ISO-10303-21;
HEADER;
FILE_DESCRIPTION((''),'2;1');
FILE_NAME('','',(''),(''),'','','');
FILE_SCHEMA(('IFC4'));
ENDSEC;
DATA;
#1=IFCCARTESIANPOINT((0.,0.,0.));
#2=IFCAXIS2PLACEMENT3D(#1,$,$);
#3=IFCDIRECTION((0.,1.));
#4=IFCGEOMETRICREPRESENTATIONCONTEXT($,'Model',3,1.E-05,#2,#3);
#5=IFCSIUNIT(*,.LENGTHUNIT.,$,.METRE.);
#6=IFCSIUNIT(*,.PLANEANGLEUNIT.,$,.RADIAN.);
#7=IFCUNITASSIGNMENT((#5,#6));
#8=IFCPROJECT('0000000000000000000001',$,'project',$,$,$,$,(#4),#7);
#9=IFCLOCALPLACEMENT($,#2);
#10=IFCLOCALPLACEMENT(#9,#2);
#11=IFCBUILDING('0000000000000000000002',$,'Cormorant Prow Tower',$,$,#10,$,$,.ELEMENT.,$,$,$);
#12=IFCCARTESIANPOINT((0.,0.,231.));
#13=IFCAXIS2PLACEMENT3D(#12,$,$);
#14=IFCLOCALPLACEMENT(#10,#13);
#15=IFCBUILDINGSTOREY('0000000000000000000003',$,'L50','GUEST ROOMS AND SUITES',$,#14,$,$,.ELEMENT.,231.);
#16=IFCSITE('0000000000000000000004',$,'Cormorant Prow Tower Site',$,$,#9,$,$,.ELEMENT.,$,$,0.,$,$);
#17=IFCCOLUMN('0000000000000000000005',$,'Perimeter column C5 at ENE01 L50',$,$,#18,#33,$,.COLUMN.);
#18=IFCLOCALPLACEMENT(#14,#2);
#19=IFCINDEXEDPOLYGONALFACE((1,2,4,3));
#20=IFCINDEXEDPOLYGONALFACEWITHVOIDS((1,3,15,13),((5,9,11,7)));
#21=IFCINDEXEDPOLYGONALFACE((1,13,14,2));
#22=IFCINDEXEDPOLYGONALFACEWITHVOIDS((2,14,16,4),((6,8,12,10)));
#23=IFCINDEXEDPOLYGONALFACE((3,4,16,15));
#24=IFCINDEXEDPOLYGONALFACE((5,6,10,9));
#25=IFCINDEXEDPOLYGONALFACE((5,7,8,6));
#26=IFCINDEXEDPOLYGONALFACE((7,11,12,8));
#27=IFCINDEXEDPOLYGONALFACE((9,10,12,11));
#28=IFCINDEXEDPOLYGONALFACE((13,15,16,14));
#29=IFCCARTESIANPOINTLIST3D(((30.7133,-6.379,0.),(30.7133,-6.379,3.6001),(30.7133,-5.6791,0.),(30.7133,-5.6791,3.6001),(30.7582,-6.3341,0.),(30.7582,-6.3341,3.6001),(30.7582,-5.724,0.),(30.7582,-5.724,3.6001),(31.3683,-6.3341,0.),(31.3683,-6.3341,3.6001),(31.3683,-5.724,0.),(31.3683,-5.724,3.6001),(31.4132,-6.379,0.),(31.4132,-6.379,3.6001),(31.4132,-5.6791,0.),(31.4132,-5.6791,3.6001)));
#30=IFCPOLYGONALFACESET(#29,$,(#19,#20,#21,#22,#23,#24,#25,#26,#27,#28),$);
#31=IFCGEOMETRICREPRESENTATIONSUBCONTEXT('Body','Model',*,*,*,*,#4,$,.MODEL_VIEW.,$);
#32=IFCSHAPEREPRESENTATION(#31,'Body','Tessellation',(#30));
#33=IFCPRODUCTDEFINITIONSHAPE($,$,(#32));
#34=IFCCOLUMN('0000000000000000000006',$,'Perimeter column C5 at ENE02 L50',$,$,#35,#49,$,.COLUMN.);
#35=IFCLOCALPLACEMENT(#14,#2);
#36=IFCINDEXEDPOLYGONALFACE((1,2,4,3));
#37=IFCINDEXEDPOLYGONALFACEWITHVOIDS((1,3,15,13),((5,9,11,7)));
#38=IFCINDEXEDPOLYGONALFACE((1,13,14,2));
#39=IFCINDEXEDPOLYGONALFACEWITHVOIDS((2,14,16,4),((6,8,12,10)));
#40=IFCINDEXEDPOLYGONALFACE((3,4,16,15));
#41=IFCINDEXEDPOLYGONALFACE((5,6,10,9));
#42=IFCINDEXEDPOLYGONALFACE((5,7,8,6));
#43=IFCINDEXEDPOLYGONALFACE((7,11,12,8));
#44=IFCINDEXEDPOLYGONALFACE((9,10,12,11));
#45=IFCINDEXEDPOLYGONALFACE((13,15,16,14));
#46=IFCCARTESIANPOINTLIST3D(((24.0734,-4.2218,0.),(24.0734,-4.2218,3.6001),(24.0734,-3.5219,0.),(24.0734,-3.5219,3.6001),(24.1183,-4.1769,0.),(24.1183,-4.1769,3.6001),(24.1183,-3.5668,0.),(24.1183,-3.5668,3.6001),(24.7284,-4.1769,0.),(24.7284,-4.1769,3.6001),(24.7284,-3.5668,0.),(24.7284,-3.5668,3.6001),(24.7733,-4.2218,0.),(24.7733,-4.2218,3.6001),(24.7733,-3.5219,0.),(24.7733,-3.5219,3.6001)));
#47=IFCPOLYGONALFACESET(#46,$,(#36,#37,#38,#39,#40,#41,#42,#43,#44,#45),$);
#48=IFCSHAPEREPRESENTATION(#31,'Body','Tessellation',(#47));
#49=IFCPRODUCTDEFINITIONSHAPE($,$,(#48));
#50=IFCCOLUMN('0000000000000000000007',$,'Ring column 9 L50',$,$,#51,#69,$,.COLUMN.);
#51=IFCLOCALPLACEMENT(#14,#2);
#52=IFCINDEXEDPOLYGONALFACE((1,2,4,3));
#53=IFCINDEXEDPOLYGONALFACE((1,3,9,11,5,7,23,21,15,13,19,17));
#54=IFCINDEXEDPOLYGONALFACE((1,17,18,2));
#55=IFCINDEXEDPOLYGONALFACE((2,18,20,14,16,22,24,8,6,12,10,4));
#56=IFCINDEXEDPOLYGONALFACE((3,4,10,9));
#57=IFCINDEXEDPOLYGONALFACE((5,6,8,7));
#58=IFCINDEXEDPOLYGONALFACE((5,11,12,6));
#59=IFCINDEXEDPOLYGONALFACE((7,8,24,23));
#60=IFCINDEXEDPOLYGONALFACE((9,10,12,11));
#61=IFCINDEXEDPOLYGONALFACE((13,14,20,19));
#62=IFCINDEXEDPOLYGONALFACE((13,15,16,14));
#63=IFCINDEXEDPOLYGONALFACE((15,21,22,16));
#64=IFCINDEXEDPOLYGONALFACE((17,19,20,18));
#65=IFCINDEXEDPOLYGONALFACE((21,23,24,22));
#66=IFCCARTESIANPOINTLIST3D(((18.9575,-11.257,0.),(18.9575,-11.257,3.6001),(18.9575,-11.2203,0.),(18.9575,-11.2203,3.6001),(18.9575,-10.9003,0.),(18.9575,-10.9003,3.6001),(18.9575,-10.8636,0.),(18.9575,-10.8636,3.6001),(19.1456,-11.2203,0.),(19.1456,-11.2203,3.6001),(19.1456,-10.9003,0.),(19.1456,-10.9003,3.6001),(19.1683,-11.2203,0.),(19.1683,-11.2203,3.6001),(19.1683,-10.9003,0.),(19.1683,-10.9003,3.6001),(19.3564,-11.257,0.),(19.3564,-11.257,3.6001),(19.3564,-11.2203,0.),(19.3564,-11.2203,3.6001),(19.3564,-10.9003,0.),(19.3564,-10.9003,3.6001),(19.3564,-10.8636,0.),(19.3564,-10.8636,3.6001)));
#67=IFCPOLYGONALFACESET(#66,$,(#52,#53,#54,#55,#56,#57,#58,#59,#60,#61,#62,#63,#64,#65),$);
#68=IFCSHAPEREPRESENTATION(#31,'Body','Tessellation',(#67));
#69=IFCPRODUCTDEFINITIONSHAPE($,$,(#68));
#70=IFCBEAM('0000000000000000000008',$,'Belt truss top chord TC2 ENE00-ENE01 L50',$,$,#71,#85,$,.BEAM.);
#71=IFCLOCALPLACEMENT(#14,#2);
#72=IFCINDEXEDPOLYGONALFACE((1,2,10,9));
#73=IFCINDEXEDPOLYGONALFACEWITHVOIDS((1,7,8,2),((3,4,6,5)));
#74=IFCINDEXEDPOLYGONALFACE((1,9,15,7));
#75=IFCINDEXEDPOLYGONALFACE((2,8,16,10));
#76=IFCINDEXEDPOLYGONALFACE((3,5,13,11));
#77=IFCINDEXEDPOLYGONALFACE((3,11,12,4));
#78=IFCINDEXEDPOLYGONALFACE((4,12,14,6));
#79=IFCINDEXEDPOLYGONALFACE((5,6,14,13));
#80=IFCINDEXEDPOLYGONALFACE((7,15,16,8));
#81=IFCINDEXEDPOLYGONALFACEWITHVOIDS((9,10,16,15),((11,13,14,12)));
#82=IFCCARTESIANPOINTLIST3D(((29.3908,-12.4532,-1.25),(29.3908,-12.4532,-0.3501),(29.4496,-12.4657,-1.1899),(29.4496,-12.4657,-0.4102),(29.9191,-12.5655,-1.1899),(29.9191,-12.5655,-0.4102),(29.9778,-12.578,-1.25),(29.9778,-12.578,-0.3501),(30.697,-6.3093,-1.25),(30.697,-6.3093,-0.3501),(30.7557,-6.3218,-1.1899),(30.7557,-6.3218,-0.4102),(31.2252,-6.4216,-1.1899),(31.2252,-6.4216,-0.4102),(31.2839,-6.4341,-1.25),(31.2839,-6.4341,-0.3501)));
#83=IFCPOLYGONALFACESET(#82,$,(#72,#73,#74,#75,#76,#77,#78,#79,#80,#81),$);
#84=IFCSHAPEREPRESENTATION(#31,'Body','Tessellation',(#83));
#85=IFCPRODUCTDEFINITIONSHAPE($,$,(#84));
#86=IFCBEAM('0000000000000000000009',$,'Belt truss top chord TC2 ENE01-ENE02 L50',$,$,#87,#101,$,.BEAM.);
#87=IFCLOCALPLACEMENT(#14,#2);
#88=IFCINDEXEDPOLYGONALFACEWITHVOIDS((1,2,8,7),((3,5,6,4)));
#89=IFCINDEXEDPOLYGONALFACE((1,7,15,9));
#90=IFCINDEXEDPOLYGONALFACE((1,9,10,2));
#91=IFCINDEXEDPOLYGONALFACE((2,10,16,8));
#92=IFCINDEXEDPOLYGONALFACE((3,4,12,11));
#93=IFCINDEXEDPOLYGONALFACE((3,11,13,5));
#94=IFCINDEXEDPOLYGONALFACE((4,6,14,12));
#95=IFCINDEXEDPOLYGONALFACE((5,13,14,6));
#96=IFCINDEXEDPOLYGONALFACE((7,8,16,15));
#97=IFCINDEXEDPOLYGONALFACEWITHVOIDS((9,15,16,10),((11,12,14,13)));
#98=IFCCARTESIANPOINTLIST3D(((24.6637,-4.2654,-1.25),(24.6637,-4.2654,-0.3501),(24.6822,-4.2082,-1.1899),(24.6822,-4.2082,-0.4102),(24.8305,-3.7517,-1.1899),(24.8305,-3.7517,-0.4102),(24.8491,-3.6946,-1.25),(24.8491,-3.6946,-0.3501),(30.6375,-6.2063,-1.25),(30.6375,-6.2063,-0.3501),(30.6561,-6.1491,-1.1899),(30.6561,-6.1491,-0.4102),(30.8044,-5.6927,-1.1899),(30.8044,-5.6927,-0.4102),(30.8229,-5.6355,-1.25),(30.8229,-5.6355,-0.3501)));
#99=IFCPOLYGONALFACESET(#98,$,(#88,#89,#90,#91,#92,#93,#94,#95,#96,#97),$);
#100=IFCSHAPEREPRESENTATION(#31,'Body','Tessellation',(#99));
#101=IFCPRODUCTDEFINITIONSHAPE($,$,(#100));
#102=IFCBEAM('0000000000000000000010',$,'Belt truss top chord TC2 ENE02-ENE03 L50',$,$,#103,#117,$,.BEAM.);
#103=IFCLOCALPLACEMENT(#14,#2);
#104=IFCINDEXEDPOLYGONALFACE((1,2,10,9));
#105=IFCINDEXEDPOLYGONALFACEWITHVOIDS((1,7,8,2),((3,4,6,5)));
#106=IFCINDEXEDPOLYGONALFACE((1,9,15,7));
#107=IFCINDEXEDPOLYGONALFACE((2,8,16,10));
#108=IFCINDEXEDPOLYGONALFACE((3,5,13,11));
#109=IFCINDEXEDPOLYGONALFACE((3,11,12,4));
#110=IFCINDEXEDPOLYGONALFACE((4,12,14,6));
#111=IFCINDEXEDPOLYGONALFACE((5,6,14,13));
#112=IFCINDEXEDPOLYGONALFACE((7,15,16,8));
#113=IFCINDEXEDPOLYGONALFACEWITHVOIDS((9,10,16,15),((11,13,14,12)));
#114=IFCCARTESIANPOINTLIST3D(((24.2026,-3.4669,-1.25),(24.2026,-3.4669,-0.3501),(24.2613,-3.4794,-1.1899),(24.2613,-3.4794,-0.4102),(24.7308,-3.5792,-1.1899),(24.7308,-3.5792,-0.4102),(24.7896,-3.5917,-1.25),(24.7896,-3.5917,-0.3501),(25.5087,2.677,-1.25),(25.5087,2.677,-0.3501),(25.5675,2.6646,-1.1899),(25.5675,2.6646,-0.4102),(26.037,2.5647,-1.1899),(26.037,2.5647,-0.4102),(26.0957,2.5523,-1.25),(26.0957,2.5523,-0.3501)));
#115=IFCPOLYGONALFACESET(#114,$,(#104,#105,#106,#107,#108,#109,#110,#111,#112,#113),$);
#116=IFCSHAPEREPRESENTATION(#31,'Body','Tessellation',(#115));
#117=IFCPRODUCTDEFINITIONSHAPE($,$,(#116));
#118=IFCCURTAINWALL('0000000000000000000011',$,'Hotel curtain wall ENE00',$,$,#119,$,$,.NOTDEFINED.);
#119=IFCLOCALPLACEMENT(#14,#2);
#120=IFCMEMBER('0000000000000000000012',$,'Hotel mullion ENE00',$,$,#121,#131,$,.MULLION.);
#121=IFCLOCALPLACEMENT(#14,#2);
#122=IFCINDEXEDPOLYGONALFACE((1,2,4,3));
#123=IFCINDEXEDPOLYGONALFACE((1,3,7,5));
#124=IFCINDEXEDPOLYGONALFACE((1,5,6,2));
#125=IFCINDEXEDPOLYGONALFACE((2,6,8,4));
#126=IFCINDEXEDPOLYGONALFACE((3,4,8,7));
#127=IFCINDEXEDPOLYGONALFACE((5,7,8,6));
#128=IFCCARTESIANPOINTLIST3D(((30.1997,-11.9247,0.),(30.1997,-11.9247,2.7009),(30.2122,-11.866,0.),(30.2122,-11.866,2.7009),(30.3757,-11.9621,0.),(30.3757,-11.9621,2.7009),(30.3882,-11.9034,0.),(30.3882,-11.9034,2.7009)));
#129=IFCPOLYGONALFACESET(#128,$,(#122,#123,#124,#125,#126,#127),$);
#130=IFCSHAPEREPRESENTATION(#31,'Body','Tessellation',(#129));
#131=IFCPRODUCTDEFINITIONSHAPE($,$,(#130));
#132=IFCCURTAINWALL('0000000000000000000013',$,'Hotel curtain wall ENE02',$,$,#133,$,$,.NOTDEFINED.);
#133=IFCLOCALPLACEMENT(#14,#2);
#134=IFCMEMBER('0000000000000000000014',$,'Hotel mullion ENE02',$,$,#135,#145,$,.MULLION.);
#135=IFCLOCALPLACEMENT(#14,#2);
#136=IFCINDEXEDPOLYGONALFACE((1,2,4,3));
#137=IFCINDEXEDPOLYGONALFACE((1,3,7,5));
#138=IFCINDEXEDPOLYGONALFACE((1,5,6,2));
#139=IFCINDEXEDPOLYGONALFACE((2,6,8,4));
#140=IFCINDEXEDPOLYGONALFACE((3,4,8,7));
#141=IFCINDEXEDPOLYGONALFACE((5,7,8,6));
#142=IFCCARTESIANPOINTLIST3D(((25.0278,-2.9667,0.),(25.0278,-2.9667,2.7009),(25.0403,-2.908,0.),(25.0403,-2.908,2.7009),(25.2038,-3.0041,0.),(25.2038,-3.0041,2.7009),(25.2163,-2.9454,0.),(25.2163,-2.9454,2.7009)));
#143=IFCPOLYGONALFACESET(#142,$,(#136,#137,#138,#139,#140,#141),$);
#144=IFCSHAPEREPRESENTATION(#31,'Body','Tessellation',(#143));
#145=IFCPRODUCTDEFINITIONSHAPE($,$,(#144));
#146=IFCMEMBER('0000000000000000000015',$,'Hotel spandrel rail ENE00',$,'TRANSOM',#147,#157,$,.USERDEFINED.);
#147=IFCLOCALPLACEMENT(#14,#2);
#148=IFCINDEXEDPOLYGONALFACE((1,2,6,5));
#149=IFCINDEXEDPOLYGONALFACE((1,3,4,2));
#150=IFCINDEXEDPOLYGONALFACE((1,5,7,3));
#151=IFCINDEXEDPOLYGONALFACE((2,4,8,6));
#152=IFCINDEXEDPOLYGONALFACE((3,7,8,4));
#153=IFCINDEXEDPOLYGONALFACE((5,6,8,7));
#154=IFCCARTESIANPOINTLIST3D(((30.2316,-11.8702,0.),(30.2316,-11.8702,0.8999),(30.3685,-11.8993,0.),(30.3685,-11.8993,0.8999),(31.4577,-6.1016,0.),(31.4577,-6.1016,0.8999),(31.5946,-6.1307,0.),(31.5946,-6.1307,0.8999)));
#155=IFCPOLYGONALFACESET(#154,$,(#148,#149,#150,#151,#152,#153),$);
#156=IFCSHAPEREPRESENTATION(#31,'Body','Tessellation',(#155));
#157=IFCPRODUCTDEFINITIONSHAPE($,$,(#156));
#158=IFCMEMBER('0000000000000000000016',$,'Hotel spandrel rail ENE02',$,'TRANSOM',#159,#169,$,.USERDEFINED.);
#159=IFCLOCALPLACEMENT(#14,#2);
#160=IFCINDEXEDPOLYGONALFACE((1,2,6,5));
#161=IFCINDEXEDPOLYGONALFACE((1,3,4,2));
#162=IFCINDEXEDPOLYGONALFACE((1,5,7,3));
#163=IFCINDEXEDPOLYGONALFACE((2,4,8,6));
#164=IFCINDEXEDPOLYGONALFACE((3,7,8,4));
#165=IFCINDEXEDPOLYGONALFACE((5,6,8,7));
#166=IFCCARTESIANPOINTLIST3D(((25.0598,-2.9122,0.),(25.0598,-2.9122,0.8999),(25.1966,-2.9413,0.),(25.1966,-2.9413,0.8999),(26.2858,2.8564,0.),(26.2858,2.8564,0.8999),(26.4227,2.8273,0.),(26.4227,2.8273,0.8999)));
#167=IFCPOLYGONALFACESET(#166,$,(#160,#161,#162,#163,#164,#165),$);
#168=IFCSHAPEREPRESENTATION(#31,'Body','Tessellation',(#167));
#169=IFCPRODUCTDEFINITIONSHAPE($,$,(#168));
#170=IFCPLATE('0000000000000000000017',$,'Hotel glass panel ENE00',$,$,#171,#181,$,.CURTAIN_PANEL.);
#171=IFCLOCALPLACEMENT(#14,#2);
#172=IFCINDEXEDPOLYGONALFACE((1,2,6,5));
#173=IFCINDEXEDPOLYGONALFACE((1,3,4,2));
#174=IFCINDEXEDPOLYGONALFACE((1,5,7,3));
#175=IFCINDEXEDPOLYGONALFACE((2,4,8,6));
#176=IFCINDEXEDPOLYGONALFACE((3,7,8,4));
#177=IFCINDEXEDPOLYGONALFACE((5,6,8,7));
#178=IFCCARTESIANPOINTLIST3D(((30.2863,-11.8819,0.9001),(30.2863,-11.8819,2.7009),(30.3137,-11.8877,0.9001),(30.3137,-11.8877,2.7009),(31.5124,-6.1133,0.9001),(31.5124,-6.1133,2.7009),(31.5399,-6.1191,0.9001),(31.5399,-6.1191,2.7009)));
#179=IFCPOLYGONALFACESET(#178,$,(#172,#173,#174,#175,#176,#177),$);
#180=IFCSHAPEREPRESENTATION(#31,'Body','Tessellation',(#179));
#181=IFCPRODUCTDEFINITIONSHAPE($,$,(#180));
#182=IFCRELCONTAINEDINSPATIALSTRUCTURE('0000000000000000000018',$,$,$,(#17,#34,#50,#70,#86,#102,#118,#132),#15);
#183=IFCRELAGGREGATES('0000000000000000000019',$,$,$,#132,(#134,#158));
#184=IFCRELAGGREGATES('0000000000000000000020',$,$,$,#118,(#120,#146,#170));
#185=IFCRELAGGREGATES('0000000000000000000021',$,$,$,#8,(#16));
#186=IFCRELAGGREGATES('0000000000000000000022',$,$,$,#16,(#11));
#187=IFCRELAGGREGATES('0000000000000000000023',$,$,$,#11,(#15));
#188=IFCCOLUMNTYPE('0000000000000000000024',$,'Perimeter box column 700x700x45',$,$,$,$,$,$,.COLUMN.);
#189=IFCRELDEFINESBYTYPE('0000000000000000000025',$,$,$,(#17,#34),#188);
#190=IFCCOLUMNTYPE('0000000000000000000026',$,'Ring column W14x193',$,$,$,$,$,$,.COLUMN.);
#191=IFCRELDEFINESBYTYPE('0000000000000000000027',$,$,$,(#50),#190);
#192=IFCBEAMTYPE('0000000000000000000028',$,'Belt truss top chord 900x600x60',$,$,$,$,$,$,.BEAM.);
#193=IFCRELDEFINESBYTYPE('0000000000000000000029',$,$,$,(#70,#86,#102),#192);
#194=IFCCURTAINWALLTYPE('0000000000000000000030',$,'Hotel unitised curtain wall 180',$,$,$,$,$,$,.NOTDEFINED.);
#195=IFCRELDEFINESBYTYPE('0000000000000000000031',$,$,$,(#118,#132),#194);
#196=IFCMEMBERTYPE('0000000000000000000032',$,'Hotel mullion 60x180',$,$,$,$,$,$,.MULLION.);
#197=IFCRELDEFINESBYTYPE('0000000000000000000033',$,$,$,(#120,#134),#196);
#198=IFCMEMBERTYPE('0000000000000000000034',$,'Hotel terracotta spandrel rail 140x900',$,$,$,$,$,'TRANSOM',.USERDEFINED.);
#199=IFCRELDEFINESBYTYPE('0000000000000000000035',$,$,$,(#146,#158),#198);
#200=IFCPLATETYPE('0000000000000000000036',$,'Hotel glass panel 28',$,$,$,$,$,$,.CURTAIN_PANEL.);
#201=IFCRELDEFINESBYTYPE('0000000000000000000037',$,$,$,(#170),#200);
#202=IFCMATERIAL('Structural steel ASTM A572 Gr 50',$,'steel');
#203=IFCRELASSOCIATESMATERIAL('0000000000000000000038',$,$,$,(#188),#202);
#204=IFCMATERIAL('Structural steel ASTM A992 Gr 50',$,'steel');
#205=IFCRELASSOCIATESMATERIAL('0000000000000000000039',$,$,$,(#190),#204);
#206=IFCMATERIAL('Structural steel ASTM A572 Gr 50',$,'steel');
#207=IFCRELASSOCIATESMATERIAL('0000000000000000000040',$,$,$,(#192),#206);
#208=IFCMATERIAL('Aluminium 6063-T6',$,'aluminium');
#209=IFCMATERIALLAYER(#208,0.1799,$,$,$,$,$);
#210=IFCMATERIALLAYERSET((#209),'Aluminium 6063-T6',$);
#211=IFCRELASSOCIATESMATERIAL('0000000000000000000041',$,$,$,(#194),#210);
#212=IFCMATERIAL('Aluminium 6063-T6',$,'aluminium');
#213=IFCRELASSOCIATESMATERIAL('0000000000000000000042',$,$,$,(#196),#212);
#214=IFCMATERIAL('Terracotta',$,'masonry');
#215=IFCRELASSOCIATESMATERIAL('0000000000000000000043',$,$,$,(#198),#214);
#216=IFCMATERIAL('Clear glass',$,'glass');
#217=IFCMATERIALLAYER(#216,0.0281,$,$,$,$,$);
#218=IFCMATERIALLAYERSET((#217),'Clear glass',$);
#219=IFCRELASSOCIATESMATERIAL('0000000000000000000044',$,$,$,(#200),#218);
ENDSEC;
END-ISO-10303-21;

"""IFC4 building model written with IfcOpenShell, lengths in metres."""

from ifc_helpers import new_model, si_unit, direction, frame, origin, origin_2d, place, context, subcontext, project, spatial, rectangle, hollow_rectangle, i_section, extrude, material, layer, layer_set, material_profile, profile_set, type_object, element, aggregate, save


model = new_model("IFC4")

# Units and contexts
model_context = context("Model", 3, precision=1e-05, world=origin(), true_north=direction((0.0, 1.0)))
body_context = subcontext(model_context, "Body", "Model", "MODEL_VIEW")
ifc_project = project(units=[si_unit("LENGTHUNIT", "METRE"), si_unit("PLANEANGLEUNIT", "RADIAN")], contexts=[model_context])

# Site, building, storey
site_placement = place(None, origin())
site = spatial("IfcSite", under=ifc_project, at=site_placement, Name="Cormorant Prow Tower Site", CompositionType="ELEMENT", RefElevation=0.0)
building_placement = place(site_placement, origin())
building = spatial("IfcBuilding", under=site, at=building_placement, Name="Cormorant Prow Tower", CompositionType="ELEMENT")
storey_placement = place(building_placement, frame((0.0, 0.0, 231.0)))
storey = spatial("IfcBuildingStorey", under=building, at=storey_placement, Name="L50", Description="GUEST ROOMS AND SUITES", CompositionType="ELEMENT", Elevation=231.0)

# Columns
ifc_material_1 = material(Name="Structural steel ASTM A572 Gr 50", Category="steel")
ifc_material_profile_1 = material_profile(ifc_material_1, hollow_rectangle(XDim=0.7, YDim=0.7, WallThickness=0.0449, at=origin_2d()), Name="Box 700x700x45")
ifc_profile_set_1 = profile_set([ifc_material_profile_1], Name="Structural steel ASTM A572 Gr 50")
column_type_1 = type_object("IfcColumnType", Name="Perimeter box column 700x700x45", PredefinedType="COLUMN", material=ifc_profile_set_1)
for number, where, z_axis, x_axis, name in (
    (1, (31.0632, -6.0291, 0.0), (0.0, 0.0, 1.0), (1.0, 0.0, 0.0), "Perimeter column C5 at ENE01 L50"),
    (2, (24.4233, -3.8718, 0.0), (0.0, 0.0, 1.0), (1.0, 0.0, 0.0), "Perimeter column C5 at ENE02 L50"),
):
    element("IfcColumn", number, at=place(storey_placement, frame(where, z_axis=z_axis, x_axis=x_axis)), inside=storey, type_object=column_type_1, Name=name, PredefinedType="COLUMN", context=body_context, shape_type="SweptSolid", body=[
        extrude(hollow_rectangle(XDim=0.7, YDim=0.7, WallThickness=0.0449, at=origin_2d()), origin(), (0.0, 0.0, 1.0), 3.6001),
    ])
ifc_material_2 = material(Name="Structural steel ASTM A992 Gr 50", Category="steel")
ifc_material_profile_2 = material_profile(ifc_material_2, i_section(OverallWidth=0.3989, OverallDepth=0.3933, WebThickness=0.0227, FlangeThickness=0.0366, at=origin_2d()), Name="W14x193")
ifc_profile_set_2 = profile_set([ifc_material_profile_2], Name="Structural steel ASTM A992 Gr 50")
column_type_2 = type_object("IfcColumnType", Name="Ring column W14x193", PredefinedType="COLUMN", material=ifc_profile_set_2)
column_placement = place(storey_placement, frame((19.157, -11.0603, 0.0), z_axis=(0.0, 0.0, 1.0), x_axis=(1.0, 0.0, 0.0)))
element("IfcColumn", 3, at=column_placement, inside=storey, type_object=column_type_2, Name="Ring column 9 L50", PredefinedType="COLUMN", context=body_context, shape_type="SweptSolid", body=[
    extrude(i_section(OverallWidth=0.3989, OverallDepth=0.3933, WebThickness=0.0227, FlangeThickness=0.0366, at=origin_2d()), origin(), (0.0, 0.0, 1.0), 3.6001),
])

# Beams
ifc_material_3 = material(Name="Structural steel ASTM A572 Gr 50", Category="steel")
ifc_material_profile_3 = material_profile(ifc_material_3, hollow_rectangle(XDim=0.6001, YDim=0.8999, WallThickness=0.0601, at=origin_2d()), Name="Box 900x600x60")
ifc_profile_set_3 = profile_set([ifc_material_profile_3], Name="Structural steel ASTM A572 Gr 50")
beam_type = type_object("IfcBeamType", Name="Belt truss top chord 900x600x60", PredefinedType="BEAM", material=ifc_profile_set_3)
for number, where, z_axis, x_axis, name in (
    (4, (29.6843, -12.5156, -0.8), (0.207941, 0.978141, 0.0), (-0.978141, 0.207941, 0.0), "Belt truss top chord TC2 ENE00-ENE01 L50"),
    (5, (30.7302, -5.9209, -0.8), (-0.951062, 0.309001, 0.0), (-0.309001, -0.951062, 0.0), "Belt truss top chord TC2 ENE01-ENE02 L50"),
    (6, (24.4961, -3.5293, -0.8), (0.207941, 0.978141, 0.0), (-0.978141, 0.207941, 0.0), "Belt truss top chord TC2 ENE02-ENE03 L50"),
):
    element("IfcBeam", number, at=place(storey_placement, frame(where, z_axis=z_axis, x_axis=x_axis)), inside=storey, type_object=beam_type, Name=name, PredefinedType="BEAM", context=body_context, shape_type="SweptSolid", body=[
        extrude(hollow_rectangle(XDim=0.6001, YDim=0.8999, WallThickness=0.0601, at=origin_2d()), origin(), (0.0, 0.0, 1.0), 6.2812),
    ])

# Curtain walls, members
ifc_material_4 = material(Name="Aluminium 6063-T6", Category="aluminium")
ifc_layer_1 = layer(ifc_material_4, 0.1799)
ifc_layer_set_1 = layer_set([ifc_layer_1], Name="Aluminium 6063-T6")
curtain_wall_type = type_object("IfcCurtainWallType", Name="Hotel unitised curtain wall 180", PredefinedType="NOTDEFINED", material=ifc_layer_set_1)
curtain_wall_1_placement = place(storey_placement, origin())
curtain_wall_1 = element("IfcCurtainWall", 7, at=curtain_wall_1_placement, inside=storey, type_object=curtain_wall_type, Name="Hotel curtain wall ENE00", PredefinedType="NOTDEFINED")
ifc_material_5 = material(Name="Aluminium 6063-T6", Category="aluminium")
ifc_material_profile_4 = material_profile(ifc_material_5, rectangle(XDim=0.1799, YDim=0.0601, at=origin_2d()), Name="Hotel mullion 60x180")
ifc_profile_set_4 = profile_set([ifc_material_profile_4], Name="Aluminium 6063-T6")
member_type_1 = type_object("IfcMemberType", Name="Hotel mullion 60x180", PredefinedType="MULLION", material=ifc_profile_set_4)
member_1_placement = place(storey_placement, frame((30.2939, -11.9141, 0.0), z_axis=(0.0, 0.0, 1.0), x_axis=(-0.978148, 0.207912, 0.0)))
member_1 = element("IfcMember", 8, at=member_1_placement, type_object=member_type_1, Name="Hotel mullion ENE00", PredefinedType="MULLION", context=body_context, shape_type="SweptSolid", body=[
    extrude(rectangle(XDim=0.1799, YDim=0.0601, at=origin_2d()), origin(), (0.0, 0.0, 1.0), 2.7009),
])
curtain_wall_2_placement = place(storey_placement, origin())
curtain_wall_2 = element("IfcCurtainWall", 9, at=curtain_wall_2_placement, inside=storey, type_object=curtain_wall_type, Name="Hotel curtain wall ENE02", PredefinedType="NOTDEFINED")
member_2_placement = place(storey_placement, frame((25.1221, -2.9561, 0.0), z_axis=(0.0, 0.0, 1.0), x_axis=(-0.978148, 0.207912, 0.0)))
member_2 = element("IfcMember", 10, at=member_2_placement, type_object=member_type_1, Name="Hotel mullion ENE02", PredefinedType="MULLION", context=body_context, shape_type="SweptSolid", body=[
    extrude(rectangle(XDim=0.1799, YDim=0.0601, at=origin_2d()), origin(), (0.0, 0.0, 1.0), 2.7009),
])

# Members
ifc_material_6 = material(Name="Terracotta", Category="masonry")
ifc_material_profile_5 = material_profile(ifc_material_6, rectangle(XDim=0.1399, YDim=0.8999, at=origin_2d()), Name="Hotel terracotta spandrel rail 140x900")
ifc_profile_set_5 = profile_set([ifc_material_profile_5], Name="Terracotta")
member_type_2 = type_object("IfcMemberType", Name="Hotel terracotta spandrel rail 140x900", ElementType="TRANSOM", PredefinedType="USERDEFINED", material=ifc_profile_set_5)
member_3_placement = place(storey_placement, frame((30.3, -11.8848, 0.45), z_axis=(0.2079, 0.97815, 0.0), x_axis=(-0.97815, 0.2079, 0.0)))
member_3 = element("IfcMember", 11, at=member_3_placement, type_object=member_type_2, Name="Hotel spandrel rail ENE00", ObjectType="TRANSOM", PredefinedType="USERDEFINED", context=body_context, shape_type="SweptSolid", body=[
    extrude(rectangle(XDim=0.1399, YDim=0.8999, at=origin_2d()), origin(), (0.0, 0.0, 1.0), 5.8975),
])
member_4_placement = place(storey_placement, frame((25.1282, -2.9268, 0.45), z_axis=(0.2079, 0.97815, 0.0), x_axis=(-0.97815, 0.2079, 0.0)))
member_4 = element("IfcMember", 12, at=member_4_placement, type_object=member_type_2, Name="Hotel spandrel rail ENE02", ObjectType="TRANSOM", PredefinedType="USERDEFINED", context=body_context, shape_type="SweptSolid", body=[
    extrude(rectangle(XDim=0.1399, YDim=0.8999, at=origin_2d()), origin(), (0.0, 0.0, 1.0), 5.8975),
])
aggregate(curtain_wall_2, [member_2, member_4])

# Plate
ifc_material_7 = material(Name="Clear glass", Category="glass")
ifc_layer_2 = layer(ifc_material_7, 0.0281)
ifc_layer_set_2 = layer_set([ifc_layer_2], Name="Clear glass")
plate_type = type_object("IfcPlateType", Name="Hotel glass panel 28", PredefinedType="CURTAIN_PANEL", material=ifc_layer_set_2)
plate_placement = place(storey_placement, frame((30.9131, -9.0005, 0.9001), z_axis=(0.0, 0.0, 1.0), x_axis=(0.207912, 0.978148, 0.0)))
plate = element("IfcPlate", 13, at=plate_placement, type_object=plate_type, Name="Hotel glass panel ENE00", PredefinedType="CURTAIN_PANEL", context=body_context, shape_type="SweptSolid", body=[
    extrude(rectangle(XDim=5.8975, YDim=0.0281, at=origin_2d()), origin(), (0.0, 0.0, 1.0), 1.8008),
])
aggregate(curtain_wall_1, [member_1, member_3, plate])

save(model, "model.ifc")
